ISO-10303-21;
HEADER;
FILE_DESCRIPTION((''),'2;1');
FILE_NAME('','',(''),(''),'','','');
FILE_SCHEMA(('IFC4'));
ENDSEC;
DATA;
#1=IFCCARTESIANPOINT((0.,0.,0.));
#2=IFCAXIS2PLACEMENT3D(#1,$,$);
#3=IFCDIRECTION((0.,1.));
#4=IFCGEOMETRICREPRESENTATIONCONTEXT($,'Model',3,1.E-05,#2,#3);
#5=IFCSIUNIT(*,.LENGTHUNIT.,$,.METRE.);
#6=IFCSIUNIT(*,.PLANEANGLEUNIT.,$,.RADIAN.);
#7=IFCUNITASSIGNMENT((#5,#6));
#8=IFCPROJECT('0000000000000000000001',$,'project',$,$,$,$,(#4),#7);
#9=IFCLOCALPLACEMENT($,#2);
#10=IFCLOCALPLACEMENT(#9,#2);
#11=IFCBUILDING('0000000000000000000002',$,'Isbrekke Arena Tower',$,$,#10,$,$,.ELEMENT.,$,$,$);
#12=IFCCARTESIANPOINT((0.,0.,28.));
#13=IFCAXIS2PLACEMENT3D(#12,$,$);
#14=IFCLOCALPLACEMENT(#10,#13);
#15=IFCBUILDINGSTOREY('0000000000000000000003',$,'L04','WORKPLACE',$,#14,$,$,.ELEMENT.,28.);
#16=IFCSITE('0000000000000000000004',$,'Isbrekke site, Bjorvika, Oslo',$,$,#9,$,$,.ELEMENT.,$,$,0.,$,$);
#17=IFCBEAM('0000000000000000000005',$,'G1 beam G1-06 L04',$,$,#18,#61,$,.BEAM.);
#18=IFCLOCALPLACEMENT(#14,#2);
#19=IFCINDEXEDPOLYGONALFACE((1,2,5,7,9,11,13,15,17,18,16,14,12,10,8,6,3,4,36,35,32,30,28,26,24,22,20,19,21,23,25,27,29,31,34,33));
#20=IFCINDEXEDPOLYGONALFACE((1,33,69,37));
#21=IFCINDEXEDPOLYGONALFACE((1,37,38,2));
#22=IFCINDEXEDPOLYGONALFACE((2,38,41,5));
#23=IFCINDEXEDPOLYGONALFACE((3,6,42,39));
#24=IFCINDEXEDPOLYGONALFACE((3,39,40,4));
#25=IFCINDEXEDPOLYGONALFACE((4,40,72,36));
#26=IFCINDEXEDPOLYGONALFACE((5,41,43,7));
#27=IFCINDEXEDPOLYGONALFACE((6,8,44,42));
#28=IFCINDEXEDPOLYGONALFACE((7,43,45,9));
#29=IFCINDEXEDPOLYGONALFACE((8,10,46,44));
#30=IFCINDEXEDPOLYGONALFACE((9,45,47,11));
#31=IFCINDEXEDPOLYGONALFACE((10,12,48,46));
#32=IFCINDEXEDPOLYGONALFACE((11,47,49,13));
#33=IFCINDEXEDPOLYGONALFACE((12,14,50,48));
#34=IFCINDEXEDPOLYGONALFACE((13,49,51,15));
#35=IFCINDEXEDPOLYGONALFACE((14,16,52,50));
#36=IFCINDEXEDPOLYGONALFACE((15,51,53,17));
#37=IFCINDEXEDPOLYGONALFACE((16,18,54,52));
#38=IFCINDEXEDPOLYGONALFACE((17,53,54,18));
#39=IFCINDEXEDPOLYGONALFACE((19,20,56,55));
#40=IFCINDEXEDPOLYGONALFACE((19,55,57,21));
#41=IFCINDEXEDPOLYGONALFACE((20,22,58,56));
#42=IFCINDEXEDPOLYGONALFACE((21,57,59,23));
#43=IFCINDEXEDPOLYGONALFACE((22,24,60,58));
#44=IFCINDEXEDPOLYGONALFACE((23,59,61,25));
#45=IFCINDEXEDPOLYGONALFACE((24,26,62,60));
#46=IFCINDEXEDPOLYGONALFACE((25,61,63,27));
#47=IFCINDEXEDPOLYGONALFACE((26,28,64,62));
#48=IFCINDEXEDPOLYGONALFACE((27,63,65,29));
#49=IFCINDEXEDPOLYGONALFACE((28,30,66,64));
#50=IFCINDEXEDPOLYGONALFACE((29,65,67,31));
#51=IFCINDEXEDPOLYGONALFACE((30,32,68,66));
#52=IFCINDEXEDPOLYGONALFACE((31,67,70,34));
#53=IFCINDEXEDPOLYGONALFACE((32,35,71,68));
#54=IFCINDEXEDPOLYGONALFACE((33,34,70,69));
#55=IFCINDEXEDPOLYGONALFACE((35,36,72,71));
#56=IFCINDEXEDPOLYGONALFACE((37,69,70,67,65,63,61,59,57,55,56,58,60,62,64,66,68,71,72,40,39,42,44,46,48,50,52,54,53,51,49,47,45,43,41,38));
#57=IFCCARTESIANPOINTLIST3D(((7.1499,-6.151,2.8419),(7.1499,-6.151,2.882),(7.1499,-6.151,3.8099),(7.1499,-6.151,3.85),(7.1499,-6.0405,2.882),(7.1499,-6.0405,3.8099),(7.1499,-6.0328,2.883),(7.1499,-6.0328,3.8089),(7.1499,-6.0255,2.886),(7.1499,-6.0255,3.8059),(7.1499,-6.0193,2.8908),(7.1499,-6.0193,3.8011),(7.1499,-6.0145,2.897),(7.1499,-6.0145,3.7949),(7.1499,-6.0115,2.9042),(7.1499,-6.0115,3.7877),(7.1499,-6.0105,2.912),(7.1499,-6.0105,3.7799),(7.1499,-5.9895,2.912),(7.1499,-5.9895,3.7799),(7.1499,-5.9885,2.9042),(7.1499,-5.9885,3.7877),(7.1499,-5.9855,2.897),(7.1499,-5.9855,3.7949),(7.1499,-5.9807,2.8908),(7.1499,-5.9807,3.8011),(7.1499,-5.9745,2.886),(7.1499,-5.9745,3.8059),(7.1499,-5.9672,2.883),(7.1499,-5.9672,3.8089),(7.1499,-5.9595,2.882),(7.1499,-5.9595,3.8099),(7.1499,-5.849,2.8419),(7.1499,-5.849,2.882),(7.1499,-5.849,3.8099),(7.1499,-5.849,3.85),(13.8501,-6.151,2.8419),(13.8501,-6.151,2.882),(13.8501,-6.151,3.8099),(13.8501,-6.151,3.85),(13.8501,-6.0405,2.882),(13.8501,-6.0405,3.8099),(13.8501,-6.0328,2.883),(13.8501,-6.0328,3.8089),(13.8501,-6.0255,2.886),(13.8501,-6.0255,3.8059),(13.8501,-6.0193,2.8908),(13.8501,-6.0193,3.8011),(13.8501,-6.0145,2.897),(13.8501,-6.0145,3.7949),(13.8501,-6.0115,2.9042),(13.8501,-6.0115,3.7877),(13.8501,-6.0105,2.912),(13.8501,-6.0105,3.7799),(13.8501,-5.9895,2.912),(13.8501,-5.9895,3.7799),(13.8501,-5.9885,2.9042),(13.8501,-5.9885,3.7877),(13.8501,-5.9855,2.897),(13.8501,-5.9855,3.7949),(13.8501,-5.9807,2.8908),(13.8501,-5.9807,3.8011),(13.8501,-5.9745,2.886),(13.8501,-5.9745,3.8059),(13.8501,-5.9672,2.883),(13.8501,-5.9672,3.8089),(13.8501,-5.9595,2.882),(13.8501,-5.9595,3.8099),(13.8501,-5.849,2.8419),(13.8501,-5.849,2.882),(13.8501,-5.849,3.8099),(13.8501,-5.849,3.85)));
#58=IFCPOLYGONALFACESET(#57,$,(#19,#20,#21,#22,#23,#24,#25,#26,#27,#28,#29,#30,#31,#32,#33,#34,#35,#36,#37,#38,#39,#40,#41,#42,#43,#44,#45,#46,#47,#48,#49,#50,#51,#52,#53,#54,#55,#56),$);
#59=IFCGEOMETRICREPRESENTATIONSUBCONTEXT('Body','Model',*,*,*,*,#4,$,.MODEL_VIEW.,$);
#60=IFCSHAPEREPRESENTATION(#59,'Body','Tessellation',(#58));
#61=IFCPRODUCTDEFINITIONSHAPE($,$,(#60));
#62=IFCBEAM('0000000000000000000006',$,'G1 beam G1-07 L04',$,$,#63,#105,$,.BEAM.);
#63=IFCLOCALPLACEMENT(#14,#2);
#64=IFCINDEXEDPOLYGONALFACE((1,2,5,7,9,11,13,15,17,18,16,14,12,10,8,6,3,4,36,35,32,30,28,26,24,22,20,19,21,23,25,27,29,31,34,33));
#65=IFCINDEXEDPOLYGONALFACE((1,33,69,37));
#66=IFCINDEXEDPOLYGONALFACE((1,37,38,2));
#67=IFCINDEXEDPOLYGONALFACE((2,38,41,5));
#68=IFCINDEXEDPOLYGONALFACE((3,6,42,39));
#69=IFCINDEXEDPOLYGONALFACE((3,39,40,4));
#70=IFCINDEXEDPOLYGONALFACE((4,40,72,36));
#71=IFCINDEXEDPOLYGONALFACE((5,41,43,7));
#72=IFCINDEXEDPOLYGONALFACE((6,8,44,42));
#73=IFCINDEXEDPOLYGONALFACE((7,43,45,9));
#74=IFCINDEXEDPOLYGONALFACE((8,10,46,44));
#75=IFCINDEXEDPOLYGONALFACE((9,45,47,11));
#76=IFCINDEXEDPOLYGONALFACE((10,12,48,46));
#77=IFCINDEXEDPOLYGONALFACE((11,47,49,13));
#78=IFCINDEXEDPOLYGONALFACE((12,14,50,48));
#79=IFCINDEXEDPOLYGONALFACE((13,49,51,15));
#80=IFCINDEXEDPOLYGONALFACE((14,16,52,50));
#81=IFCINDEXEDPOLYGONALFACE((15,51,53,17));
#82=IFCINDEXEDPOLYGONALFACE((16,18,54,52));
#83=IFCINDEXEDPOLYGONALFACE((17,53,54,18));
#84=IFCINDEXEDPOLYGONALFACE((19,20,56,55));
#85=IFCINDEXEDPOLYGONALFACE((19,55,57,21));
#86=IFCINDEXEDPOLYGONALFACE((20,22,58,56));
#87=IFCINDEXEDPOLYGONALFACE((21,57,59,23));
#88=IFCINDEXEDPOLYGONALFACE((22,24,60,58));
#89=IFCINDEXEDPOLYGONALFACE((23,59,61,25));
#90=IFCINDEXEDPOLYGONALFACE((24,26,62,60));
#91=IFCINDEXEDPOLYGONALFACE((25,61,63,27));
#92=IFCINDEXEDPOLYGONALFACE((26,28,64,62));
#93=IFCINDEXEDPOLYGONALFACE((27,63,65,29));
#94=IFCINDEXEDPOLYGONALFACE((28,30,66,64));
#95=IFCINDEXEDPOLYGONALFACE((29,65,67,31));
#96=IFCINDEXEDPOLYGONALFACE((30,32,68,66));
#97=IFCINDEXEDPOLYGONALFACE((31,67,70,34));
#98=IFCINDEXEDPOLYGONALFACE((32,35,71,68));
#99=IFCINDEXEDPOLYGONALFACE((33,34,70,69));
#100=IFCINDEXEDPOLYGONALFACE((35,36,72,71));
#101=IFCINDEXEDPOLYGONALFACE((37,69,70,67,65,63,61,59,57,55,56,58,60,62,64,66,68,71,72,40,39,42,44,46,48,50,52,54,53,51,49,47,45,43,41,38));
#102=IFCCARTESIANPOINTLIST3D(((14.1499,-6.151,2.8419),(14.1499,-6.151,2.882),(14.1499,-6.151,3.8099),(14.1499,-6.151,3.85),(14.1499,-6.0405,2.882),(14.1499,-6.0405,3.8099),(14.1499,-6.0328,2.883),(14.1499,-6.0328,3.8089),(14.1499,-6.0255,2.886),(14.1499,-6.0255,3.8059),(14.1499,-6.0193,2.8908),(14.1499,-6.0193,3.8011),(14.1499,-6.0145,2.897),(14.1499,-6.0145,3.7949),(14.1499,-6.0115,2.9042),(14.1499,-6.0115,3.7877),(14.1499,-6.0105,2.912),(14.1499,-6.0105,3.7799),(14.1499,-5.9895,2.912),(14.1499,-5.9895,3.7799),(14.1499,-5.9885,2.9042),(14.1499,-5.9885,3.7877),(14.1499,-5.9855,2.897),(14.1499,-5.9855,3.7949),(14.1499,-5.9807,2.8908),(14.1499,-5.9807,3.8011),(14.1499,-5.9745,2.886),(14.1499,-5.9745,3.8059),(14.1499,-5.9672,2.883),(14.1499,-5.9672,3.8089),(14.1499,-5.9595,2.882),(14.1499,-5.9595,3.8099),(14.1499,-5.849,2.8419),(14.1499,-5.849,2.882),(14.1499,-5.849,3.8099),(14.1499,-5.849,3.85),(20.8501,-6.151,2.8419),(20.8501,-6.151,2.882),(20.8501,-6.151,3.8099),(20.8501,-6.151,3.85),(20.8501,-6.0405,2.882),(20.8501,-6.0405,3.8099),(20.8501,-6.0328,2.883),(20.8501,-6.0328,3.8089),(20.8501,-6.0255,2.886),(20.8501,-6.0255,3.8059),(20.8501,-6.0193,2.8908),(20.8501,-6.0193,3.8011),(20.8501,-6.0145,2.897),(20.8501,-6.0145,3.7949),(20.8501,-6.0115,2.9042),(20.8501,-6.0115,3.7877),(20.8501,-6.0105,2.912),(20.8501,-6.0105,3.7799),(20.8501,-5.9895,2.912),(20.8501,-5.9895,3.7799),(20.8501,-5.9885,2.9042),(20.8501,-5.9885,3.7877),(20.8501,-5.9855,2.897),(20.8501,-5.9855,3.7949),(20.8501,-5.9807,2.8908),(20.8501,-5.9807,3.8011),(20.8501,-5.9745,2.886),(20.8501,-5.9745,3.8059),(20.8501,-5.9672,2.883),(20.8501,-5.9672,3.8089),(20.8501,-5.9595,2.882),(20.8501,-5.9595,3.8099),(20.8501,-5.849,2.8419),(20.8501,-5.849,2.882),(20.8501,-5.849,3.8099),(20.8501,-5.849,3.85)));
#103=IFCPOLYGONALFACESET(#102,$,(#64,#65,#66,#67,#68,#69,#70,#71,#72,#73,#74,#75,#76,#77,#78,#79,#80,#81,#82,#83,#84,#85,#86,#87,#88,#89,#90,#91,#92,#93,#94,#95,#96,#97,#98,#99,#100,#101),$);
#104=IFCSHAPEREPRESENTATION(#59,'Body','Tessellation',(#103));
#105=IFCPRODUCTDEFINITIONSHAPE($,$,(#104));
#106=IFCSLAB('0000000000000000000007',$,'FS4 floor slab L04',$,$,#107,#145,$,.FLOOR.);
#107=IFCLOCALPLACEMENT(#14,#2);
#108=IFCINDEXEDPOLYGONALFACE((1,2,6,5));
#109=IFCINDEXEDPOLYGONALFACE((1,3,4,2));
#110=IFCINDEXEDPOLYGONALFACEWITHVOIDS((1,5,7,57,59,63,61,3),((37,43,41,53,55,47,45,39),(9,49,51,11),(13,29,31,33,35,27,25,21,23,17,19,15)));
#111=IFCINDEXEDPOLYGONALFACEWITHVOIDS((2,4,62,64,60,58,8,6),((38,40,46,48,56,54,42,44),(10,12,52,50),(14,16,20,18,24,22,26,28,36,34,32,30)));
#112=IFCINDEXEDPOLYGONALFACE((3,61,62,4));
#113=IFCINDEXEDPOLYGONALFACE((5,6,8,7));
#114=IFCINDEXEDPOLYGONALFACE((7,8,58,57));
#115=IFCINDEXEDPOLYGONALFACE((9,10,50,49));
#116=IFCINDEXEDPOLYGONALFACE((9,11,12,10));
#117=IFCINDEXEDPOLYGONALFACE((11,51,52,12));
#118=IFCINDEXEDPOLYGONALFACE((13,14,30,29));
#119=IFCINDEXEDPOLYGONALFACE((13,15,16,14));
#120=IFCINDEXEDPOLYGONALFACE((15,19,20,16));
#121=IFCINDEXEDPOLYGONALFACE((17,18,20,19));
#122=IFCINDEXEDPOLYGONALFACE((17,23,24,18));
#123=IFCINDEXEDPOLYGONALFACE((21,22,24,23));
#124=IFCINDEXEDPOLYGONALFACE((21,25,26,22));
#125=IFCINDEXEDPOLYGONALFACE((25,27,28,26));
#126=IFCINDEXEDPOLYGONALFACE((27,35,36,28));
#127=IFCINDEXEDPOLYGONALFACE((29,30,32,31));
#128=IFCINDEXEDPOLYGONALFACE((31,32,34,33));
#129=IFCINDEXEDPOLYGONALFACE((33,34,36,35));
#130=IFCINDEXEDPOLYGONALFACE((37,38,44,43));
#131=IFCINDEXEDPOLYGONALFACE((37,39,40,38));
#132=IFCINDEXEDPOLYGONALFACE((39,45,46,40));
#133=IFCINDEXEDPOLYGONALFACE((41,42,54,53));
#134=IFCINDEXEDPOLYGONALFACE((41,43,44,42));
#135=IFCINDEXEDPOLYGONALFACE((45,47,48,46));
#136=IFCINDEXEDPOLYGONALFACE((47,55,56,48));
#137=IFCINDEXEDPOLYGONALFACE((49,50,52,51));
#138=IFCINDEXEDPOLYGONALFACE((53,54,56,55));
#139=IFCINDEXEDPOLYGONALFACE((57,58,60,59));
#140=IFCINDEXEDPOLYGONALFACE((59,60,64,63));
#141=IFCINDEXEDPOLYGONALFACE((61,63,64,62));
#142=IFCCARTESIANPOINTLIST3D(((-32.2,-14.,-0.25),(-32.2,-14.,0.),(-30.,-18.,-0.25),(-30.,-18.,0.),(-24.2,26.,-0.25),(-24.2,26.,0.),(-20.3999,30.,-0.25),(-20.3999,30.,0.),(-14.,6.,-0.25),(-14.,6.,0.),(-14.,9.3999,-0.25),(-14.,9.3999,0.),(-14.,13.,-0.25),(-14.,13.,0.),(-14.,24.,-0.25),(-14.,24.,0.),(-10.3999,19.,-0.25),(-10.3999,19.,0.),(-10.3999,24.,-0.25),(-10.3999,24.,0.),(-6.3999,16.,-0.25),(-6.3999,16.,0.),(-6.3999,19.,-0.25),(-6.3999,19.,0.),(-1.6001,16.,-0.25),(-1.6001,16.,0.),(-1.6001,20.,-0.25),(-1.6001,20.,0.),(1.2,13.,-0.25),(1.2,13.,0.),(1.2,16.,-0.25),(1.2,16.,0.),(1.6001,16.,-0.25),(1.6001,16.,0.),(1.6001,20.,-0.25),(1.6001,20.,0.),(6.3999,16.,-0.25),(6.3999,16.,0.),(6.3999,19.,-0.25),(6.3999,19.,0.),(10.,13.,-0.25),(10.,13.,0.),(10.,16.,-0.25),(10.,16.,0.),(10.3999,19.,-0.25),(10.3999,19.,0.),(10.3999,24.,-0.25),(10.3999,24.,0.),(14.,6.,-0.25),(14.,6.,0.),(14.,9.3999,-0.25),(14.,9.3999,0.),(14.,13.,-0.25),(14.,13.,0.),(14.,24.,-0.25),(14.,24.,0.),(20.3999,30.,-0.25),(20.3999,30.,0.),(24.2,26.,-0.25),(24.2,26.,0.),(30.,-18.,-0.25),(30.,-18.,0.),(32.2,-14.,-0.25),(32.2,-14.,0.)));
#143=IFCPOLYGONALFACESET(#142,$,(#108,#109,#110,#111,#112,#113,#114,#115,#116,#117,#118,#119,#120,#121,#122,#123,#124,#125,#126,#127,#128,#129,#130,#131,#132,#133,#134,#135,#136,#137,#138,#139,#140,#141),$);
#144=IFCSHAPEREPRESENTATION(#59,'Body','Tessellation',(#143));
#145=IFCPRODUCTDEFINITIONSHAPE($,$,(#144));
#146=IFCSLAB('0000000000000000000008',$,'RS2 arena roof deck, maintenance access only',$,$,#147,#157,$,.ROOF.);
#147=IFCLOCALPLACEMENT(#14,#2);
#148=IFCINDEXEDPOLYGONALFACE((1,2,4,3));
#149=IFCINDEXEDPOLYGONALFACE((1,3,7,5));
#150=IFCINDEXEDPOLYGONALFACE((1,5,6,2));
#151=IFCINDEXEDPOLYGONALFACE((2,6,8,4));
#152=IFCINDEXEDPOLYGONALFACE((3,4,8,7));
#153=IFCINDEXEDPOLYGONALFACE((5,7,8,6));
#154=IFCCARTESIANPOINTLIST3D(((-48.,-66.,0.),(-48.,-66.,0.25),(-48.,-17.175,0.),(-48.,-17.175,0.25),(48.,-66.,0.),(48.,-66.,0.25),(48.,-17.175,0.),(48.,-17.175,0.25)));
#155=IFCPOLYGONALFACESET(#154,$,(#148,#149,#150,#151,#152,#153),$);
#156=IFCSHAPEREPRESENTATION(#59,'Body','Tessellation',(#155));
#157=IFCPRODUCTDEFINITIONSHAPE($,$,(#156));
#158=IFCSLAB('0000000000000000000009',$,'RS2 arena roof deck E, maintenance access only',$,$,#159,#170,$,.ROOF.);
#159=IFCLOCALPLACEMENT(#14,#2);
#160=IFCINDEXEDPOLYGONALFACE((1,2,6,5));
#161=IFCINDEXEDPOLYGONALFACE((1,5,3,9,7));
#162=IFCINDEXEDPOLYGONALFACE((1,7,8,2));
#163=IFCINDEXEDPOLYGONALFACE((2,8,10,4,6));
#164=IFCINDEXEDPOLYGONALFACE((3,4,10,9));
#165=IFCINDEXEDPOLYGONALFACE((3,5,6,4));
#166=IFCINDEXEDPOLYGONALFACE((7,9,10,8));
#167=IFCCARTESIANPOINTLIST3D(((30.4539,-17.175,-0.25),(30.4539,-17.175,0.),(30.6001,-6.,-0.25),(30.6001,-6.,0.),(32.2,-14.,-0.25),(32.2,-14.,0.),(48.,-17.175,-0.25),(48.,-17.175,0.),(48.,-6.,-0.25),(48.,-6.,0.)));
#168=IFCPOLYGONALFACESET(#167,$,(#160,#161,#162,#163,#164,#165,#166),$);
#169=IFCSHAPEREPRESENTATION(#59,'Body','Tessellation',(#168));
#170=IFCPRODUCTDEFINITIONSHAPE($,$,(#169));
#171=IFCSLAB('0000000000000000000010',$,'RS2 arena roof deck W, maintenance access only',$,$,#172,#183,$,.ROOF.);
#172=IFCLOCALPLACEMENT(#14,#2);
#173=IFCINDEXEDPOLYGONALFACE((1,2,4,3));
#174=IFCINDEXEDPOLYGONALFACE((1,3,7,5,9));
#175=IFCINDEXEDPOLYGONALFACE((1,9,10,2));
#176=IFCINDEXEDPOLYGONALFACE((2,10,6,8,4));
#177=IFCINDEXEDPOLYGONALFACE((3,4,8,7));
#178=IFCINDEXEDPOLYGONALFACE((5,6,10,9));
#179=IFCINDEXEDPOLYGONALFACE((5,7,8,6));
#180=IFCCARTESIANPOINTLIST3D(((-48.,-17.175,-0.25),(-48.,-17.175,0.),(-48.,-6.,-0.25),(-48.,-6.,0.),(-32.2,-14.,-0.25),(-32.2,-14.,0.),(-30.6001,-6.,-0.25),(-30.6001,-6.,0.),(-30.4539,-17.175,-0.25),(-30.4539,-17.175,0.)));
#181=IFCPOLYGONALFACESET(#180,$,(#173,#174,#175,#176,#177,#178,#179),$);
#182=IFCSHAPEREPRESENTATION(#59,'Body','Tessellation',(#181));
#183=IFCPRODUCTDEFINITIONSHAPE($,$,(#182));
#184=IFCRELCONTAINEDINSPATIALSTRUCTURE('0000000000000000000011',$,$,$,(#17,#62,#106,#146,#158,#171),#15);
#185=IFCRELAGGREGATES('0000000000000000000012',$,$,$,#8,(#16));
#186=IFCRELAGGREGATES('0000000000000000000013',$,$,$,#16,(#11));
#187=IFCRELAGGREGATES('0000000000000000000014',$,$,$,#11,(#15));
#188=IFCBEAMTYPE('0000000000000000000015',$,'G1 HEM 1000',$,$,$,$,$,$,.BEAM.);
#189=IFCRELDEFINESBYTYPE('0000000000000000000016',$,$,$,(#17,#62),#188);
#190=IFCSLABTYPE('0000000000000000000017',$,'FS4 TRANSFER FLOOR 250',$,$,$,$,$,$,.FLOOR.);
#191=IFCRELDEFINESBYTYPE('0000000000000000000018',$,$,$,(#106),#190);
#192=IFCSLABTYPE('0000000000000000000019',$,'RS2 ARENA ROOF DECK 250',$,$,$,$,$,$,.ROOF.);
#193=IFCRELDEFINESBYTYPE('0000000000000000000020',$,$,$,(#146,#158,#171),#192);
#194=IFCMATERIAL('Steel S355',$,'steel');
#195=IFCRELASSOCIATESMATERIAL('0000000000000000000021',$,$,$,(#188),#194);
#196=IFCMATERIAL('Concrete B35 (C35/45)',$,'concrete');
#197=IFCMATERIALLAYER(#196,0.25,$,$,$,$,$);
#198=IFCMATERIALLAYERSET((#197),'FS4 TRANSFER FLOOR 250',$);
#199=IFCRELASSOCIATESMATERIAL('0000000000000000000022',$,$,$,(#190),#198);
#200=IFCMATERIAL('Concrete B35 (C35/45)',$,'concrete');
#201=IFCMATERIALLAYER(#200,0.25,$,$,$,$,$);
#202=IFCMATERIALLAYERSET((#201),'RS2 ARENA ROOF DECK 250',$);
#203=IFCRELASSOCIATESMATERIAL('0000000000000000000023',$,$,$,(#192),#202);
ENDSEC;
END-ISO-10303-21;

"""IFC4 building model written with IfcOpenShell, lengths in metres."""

from ifc_helpers import new_model, si_unit, direction, frame, origin, origin_2d, place, context, subcontext, project, spatial, polyline, i_section, outline, extrude, material, layer, layer_set, material_profile, profile_set, type_object, element, save


model = new_model("IFC4")

# Units and contexts
model_context = context("Model", 3, precision=1e-05, world=origin(), true_north=direction((0.0, 1.0)))
body_context = subcontext(model_context, "Body", "Model", "MODEL_VIEW")
ifc_project = project(units=[si_unit("LENGTHUNIT", "METRE"), si_unit("PLANEANGLEUNIT", "RADIAN")], contexts=[model_context])

# Site, building, storey
site_placement = place(None, origin())
site = spatial("IfcSite", under=ifc_project, at=site_placement, Name="Isbrekke site, Bjorvika, Oslo", CompositionType="ELEMENT", RefElevation=0.0)
building_placement = place(site_placement, origin())
building = spatial("IfcBuilding", under=site, at=building_placement, Name="Isbrekke Arena Tower", CompositionType="ELEMENT")
storey_placement = place(building_placement, frame((0.0, 0.0, 28.0)))
storey = spatial("IfcBuildingStorey", under=building, at=storey_placement, Name="L04", Description="WORKPLACE", CompositionType="ELEMENT", Elevation=28.0)

# Beams
ifc_material_1 = material(Name="Steel S355", Category="steel")
ifc_material_profile_1 = material_profile(ifc_material_1, i_section(OverallWidth=0.302, OverallDepth=1.0081, WebThickness=0.021, FlangeThickness=0.04, FilletRadius=0.03, at=origin_2d()), Name="HEM 1000")
ifc_profile_set_1 = profile_set([ifc_material_profile_1], Name="Steel S355")
beam_type_1 = type_object("IfcBeamType", Name="G1 HEM 1000", PredefinedType="BEAM", material=ifc_profile_set_1)
for number, where, z_axis, x_axis, name in (
    (1, (7.1499, -6.0, 3.3459), (1.0, 0.0, 0.0), (0.0, 1.0, 0.0), "G1 beam G1-06 L04"),
    (2, (14.1499, -6.0, 3.3459), (1.0, 0.0, 0.0), (0.0, 1.0, 0.0), "G1 beam G1-07 L04"),
):
    element("IfcBeam", number, at=place(storey_placement, frame(where, z_axis=z_axis, x_axis=x_axis)), inside=storey, type_object=beam_type_1, Name=name, PredefinedType="BEAM", context=body_context, shape_type="SweptSolid", body=[
        extrude(i_section(OverallWidth=0.302, OverallDepth=1.0081, WebThickness=0.021, FlangeThickness=0.04, FilletRadius=0.03, at=origin_2d()), origin(), (0.0, 0.0, 1.0), 6.7002),
    ])

# Slabs
ifc_material_2 = material(Name="Concrete B35 (C35/45)", Category="concrete")
ifc_layer_1 = layer(ifc_material_2, 0.25)
ifc_layer_set_1 = layer_set([ifc_layer_1], Name="FS4 TRANSFER FLOOR 250")
slab_type_1 = type_object("IfcSlabType", Name="FS4 TRANSFER FLOOR 250", PredefinedType="FLOOR", material=ifc_layer_set_1)
slab_1_placement = place(storey_placement, frame((0.0, 0.0, -0.25)))
element("IfcSlab", 3, at=slab_1_placement, inside=storey, type_object=slab_type_1, Name="FS4 floor slab L04", PredefinedType="FLOOR", context=body_context, shape_type="SweptSolid", body=[
    extrude(outline(polyline([(-30.0, -18.0), (30.0, -18.0), (32.2, -14.0), (24.2, 26.0), (20.3999, 30.0), (-20.3999, 30.0), (-24.2, 26.0), (-32.2, -14.0), (-30.0, -18.0)]), holes=[polyline([(14.0, 9.3999), (14.0, 6.0), (-14.0, 6.0), (-14.0, 9.3999), (14.0, 9.3999)]), polyline([(-6.3999, 19.0), (-6.3999, 16.0), (-1.6001, 16.0), (-1.6001, 20.0), (1.6001, 20.0), (1.6001, 16.0), (1.2, 16.0), (1.2, 13.0), (-14.0, 13.0), (-14.0, 24.0), (-10.3999, 24.0), (-10.3999, 19.0), (-6.3999, 19.0)]), polyline([(10.0, 13.0), (10.0, 16.0), (6.3999, 16.0), (6.3999, 19.0), (10.3999, 19.0), (10.3999, 24.0), (14.0, 24.0), (14.0, 13.0), (10.0, 13.0)])]), origin(), (0.0, 0.0, 1.0), 0.25),
])
ifc_material_3 = material(Name="Concrete B35 (C35/45)", Category="concrete")
ifc_layer_2 = layer(ifc_material_3, 0.25)
ifc_layer_set_2 = layer_set([ifc_layer_2], Name="RS2 ARENA ROOF DECK 250")
slab_type_2 = type_object("IfcSlabType", Name="RS2 ARENA ROOF DECK 250", PredefinedType="ROOF", material=ifc_layer_set_2)
slab_2_placement = place(storey_placement, origin())
element("IfcSlab", 4, at=slab_2_placement, inside=storey, type_object=slab_type_2, Name="RS2 arena roof deck, maintenance access only", PredefinedType="ROOF", context=body_context, shape_type="SweptSolid", body=[
    extrude(outline(polyline([(-48.0, -66.0), (48.0, -66.0), (48.0, -17.175), (-48.0, -17.175), (-48.0, -66.0)])), origin(), (0.0, 0.0, 1.0), 0.25),
])
slab_3_placement = place(storey_placement, frame((0.0, 0.0, -0.25)))
element("IfcSlab", 5, at=slab_3_placement, inside=storey, type_object=slab_type_2, Name="RS2 arena roof deck E, maintenance access only", PredefinedType="ROOF", context=body_context, shape_type="SweptSolid", body=[
    extrude(outline(polyline([(30.4539, -17.175), (48.0, -17.175), (48.0, -6.0), (30.6001, -6.0), (32.2, -14.0), (30.4539, -17.175)])), origin(), (0.0, 0.0, 1.0), 0.25),
])
slab_4_placement = place(storey_placement, frame((0.0, 0.0, -0.25)))
element("IfcSlab", 6, at=slab_4_placement, inside=storey, type_object=slab_type_2, Name="RS2 arena roof deck W, maintenance access only", PredefinedType="ROOF", context=body_context, shape_type="SweptSolid", body=[
    extrude(outline(polyline([(-32.2, -14.0), (-30.6001, -6.0), (-48.0, -6.0), (-48.0, -17.175), (-30.4539, -17.175), (-32.2, -14.0)])), origin(), (0.0, 0.0, 1.0), 0.25),
])

save(model, "model.ifc")
